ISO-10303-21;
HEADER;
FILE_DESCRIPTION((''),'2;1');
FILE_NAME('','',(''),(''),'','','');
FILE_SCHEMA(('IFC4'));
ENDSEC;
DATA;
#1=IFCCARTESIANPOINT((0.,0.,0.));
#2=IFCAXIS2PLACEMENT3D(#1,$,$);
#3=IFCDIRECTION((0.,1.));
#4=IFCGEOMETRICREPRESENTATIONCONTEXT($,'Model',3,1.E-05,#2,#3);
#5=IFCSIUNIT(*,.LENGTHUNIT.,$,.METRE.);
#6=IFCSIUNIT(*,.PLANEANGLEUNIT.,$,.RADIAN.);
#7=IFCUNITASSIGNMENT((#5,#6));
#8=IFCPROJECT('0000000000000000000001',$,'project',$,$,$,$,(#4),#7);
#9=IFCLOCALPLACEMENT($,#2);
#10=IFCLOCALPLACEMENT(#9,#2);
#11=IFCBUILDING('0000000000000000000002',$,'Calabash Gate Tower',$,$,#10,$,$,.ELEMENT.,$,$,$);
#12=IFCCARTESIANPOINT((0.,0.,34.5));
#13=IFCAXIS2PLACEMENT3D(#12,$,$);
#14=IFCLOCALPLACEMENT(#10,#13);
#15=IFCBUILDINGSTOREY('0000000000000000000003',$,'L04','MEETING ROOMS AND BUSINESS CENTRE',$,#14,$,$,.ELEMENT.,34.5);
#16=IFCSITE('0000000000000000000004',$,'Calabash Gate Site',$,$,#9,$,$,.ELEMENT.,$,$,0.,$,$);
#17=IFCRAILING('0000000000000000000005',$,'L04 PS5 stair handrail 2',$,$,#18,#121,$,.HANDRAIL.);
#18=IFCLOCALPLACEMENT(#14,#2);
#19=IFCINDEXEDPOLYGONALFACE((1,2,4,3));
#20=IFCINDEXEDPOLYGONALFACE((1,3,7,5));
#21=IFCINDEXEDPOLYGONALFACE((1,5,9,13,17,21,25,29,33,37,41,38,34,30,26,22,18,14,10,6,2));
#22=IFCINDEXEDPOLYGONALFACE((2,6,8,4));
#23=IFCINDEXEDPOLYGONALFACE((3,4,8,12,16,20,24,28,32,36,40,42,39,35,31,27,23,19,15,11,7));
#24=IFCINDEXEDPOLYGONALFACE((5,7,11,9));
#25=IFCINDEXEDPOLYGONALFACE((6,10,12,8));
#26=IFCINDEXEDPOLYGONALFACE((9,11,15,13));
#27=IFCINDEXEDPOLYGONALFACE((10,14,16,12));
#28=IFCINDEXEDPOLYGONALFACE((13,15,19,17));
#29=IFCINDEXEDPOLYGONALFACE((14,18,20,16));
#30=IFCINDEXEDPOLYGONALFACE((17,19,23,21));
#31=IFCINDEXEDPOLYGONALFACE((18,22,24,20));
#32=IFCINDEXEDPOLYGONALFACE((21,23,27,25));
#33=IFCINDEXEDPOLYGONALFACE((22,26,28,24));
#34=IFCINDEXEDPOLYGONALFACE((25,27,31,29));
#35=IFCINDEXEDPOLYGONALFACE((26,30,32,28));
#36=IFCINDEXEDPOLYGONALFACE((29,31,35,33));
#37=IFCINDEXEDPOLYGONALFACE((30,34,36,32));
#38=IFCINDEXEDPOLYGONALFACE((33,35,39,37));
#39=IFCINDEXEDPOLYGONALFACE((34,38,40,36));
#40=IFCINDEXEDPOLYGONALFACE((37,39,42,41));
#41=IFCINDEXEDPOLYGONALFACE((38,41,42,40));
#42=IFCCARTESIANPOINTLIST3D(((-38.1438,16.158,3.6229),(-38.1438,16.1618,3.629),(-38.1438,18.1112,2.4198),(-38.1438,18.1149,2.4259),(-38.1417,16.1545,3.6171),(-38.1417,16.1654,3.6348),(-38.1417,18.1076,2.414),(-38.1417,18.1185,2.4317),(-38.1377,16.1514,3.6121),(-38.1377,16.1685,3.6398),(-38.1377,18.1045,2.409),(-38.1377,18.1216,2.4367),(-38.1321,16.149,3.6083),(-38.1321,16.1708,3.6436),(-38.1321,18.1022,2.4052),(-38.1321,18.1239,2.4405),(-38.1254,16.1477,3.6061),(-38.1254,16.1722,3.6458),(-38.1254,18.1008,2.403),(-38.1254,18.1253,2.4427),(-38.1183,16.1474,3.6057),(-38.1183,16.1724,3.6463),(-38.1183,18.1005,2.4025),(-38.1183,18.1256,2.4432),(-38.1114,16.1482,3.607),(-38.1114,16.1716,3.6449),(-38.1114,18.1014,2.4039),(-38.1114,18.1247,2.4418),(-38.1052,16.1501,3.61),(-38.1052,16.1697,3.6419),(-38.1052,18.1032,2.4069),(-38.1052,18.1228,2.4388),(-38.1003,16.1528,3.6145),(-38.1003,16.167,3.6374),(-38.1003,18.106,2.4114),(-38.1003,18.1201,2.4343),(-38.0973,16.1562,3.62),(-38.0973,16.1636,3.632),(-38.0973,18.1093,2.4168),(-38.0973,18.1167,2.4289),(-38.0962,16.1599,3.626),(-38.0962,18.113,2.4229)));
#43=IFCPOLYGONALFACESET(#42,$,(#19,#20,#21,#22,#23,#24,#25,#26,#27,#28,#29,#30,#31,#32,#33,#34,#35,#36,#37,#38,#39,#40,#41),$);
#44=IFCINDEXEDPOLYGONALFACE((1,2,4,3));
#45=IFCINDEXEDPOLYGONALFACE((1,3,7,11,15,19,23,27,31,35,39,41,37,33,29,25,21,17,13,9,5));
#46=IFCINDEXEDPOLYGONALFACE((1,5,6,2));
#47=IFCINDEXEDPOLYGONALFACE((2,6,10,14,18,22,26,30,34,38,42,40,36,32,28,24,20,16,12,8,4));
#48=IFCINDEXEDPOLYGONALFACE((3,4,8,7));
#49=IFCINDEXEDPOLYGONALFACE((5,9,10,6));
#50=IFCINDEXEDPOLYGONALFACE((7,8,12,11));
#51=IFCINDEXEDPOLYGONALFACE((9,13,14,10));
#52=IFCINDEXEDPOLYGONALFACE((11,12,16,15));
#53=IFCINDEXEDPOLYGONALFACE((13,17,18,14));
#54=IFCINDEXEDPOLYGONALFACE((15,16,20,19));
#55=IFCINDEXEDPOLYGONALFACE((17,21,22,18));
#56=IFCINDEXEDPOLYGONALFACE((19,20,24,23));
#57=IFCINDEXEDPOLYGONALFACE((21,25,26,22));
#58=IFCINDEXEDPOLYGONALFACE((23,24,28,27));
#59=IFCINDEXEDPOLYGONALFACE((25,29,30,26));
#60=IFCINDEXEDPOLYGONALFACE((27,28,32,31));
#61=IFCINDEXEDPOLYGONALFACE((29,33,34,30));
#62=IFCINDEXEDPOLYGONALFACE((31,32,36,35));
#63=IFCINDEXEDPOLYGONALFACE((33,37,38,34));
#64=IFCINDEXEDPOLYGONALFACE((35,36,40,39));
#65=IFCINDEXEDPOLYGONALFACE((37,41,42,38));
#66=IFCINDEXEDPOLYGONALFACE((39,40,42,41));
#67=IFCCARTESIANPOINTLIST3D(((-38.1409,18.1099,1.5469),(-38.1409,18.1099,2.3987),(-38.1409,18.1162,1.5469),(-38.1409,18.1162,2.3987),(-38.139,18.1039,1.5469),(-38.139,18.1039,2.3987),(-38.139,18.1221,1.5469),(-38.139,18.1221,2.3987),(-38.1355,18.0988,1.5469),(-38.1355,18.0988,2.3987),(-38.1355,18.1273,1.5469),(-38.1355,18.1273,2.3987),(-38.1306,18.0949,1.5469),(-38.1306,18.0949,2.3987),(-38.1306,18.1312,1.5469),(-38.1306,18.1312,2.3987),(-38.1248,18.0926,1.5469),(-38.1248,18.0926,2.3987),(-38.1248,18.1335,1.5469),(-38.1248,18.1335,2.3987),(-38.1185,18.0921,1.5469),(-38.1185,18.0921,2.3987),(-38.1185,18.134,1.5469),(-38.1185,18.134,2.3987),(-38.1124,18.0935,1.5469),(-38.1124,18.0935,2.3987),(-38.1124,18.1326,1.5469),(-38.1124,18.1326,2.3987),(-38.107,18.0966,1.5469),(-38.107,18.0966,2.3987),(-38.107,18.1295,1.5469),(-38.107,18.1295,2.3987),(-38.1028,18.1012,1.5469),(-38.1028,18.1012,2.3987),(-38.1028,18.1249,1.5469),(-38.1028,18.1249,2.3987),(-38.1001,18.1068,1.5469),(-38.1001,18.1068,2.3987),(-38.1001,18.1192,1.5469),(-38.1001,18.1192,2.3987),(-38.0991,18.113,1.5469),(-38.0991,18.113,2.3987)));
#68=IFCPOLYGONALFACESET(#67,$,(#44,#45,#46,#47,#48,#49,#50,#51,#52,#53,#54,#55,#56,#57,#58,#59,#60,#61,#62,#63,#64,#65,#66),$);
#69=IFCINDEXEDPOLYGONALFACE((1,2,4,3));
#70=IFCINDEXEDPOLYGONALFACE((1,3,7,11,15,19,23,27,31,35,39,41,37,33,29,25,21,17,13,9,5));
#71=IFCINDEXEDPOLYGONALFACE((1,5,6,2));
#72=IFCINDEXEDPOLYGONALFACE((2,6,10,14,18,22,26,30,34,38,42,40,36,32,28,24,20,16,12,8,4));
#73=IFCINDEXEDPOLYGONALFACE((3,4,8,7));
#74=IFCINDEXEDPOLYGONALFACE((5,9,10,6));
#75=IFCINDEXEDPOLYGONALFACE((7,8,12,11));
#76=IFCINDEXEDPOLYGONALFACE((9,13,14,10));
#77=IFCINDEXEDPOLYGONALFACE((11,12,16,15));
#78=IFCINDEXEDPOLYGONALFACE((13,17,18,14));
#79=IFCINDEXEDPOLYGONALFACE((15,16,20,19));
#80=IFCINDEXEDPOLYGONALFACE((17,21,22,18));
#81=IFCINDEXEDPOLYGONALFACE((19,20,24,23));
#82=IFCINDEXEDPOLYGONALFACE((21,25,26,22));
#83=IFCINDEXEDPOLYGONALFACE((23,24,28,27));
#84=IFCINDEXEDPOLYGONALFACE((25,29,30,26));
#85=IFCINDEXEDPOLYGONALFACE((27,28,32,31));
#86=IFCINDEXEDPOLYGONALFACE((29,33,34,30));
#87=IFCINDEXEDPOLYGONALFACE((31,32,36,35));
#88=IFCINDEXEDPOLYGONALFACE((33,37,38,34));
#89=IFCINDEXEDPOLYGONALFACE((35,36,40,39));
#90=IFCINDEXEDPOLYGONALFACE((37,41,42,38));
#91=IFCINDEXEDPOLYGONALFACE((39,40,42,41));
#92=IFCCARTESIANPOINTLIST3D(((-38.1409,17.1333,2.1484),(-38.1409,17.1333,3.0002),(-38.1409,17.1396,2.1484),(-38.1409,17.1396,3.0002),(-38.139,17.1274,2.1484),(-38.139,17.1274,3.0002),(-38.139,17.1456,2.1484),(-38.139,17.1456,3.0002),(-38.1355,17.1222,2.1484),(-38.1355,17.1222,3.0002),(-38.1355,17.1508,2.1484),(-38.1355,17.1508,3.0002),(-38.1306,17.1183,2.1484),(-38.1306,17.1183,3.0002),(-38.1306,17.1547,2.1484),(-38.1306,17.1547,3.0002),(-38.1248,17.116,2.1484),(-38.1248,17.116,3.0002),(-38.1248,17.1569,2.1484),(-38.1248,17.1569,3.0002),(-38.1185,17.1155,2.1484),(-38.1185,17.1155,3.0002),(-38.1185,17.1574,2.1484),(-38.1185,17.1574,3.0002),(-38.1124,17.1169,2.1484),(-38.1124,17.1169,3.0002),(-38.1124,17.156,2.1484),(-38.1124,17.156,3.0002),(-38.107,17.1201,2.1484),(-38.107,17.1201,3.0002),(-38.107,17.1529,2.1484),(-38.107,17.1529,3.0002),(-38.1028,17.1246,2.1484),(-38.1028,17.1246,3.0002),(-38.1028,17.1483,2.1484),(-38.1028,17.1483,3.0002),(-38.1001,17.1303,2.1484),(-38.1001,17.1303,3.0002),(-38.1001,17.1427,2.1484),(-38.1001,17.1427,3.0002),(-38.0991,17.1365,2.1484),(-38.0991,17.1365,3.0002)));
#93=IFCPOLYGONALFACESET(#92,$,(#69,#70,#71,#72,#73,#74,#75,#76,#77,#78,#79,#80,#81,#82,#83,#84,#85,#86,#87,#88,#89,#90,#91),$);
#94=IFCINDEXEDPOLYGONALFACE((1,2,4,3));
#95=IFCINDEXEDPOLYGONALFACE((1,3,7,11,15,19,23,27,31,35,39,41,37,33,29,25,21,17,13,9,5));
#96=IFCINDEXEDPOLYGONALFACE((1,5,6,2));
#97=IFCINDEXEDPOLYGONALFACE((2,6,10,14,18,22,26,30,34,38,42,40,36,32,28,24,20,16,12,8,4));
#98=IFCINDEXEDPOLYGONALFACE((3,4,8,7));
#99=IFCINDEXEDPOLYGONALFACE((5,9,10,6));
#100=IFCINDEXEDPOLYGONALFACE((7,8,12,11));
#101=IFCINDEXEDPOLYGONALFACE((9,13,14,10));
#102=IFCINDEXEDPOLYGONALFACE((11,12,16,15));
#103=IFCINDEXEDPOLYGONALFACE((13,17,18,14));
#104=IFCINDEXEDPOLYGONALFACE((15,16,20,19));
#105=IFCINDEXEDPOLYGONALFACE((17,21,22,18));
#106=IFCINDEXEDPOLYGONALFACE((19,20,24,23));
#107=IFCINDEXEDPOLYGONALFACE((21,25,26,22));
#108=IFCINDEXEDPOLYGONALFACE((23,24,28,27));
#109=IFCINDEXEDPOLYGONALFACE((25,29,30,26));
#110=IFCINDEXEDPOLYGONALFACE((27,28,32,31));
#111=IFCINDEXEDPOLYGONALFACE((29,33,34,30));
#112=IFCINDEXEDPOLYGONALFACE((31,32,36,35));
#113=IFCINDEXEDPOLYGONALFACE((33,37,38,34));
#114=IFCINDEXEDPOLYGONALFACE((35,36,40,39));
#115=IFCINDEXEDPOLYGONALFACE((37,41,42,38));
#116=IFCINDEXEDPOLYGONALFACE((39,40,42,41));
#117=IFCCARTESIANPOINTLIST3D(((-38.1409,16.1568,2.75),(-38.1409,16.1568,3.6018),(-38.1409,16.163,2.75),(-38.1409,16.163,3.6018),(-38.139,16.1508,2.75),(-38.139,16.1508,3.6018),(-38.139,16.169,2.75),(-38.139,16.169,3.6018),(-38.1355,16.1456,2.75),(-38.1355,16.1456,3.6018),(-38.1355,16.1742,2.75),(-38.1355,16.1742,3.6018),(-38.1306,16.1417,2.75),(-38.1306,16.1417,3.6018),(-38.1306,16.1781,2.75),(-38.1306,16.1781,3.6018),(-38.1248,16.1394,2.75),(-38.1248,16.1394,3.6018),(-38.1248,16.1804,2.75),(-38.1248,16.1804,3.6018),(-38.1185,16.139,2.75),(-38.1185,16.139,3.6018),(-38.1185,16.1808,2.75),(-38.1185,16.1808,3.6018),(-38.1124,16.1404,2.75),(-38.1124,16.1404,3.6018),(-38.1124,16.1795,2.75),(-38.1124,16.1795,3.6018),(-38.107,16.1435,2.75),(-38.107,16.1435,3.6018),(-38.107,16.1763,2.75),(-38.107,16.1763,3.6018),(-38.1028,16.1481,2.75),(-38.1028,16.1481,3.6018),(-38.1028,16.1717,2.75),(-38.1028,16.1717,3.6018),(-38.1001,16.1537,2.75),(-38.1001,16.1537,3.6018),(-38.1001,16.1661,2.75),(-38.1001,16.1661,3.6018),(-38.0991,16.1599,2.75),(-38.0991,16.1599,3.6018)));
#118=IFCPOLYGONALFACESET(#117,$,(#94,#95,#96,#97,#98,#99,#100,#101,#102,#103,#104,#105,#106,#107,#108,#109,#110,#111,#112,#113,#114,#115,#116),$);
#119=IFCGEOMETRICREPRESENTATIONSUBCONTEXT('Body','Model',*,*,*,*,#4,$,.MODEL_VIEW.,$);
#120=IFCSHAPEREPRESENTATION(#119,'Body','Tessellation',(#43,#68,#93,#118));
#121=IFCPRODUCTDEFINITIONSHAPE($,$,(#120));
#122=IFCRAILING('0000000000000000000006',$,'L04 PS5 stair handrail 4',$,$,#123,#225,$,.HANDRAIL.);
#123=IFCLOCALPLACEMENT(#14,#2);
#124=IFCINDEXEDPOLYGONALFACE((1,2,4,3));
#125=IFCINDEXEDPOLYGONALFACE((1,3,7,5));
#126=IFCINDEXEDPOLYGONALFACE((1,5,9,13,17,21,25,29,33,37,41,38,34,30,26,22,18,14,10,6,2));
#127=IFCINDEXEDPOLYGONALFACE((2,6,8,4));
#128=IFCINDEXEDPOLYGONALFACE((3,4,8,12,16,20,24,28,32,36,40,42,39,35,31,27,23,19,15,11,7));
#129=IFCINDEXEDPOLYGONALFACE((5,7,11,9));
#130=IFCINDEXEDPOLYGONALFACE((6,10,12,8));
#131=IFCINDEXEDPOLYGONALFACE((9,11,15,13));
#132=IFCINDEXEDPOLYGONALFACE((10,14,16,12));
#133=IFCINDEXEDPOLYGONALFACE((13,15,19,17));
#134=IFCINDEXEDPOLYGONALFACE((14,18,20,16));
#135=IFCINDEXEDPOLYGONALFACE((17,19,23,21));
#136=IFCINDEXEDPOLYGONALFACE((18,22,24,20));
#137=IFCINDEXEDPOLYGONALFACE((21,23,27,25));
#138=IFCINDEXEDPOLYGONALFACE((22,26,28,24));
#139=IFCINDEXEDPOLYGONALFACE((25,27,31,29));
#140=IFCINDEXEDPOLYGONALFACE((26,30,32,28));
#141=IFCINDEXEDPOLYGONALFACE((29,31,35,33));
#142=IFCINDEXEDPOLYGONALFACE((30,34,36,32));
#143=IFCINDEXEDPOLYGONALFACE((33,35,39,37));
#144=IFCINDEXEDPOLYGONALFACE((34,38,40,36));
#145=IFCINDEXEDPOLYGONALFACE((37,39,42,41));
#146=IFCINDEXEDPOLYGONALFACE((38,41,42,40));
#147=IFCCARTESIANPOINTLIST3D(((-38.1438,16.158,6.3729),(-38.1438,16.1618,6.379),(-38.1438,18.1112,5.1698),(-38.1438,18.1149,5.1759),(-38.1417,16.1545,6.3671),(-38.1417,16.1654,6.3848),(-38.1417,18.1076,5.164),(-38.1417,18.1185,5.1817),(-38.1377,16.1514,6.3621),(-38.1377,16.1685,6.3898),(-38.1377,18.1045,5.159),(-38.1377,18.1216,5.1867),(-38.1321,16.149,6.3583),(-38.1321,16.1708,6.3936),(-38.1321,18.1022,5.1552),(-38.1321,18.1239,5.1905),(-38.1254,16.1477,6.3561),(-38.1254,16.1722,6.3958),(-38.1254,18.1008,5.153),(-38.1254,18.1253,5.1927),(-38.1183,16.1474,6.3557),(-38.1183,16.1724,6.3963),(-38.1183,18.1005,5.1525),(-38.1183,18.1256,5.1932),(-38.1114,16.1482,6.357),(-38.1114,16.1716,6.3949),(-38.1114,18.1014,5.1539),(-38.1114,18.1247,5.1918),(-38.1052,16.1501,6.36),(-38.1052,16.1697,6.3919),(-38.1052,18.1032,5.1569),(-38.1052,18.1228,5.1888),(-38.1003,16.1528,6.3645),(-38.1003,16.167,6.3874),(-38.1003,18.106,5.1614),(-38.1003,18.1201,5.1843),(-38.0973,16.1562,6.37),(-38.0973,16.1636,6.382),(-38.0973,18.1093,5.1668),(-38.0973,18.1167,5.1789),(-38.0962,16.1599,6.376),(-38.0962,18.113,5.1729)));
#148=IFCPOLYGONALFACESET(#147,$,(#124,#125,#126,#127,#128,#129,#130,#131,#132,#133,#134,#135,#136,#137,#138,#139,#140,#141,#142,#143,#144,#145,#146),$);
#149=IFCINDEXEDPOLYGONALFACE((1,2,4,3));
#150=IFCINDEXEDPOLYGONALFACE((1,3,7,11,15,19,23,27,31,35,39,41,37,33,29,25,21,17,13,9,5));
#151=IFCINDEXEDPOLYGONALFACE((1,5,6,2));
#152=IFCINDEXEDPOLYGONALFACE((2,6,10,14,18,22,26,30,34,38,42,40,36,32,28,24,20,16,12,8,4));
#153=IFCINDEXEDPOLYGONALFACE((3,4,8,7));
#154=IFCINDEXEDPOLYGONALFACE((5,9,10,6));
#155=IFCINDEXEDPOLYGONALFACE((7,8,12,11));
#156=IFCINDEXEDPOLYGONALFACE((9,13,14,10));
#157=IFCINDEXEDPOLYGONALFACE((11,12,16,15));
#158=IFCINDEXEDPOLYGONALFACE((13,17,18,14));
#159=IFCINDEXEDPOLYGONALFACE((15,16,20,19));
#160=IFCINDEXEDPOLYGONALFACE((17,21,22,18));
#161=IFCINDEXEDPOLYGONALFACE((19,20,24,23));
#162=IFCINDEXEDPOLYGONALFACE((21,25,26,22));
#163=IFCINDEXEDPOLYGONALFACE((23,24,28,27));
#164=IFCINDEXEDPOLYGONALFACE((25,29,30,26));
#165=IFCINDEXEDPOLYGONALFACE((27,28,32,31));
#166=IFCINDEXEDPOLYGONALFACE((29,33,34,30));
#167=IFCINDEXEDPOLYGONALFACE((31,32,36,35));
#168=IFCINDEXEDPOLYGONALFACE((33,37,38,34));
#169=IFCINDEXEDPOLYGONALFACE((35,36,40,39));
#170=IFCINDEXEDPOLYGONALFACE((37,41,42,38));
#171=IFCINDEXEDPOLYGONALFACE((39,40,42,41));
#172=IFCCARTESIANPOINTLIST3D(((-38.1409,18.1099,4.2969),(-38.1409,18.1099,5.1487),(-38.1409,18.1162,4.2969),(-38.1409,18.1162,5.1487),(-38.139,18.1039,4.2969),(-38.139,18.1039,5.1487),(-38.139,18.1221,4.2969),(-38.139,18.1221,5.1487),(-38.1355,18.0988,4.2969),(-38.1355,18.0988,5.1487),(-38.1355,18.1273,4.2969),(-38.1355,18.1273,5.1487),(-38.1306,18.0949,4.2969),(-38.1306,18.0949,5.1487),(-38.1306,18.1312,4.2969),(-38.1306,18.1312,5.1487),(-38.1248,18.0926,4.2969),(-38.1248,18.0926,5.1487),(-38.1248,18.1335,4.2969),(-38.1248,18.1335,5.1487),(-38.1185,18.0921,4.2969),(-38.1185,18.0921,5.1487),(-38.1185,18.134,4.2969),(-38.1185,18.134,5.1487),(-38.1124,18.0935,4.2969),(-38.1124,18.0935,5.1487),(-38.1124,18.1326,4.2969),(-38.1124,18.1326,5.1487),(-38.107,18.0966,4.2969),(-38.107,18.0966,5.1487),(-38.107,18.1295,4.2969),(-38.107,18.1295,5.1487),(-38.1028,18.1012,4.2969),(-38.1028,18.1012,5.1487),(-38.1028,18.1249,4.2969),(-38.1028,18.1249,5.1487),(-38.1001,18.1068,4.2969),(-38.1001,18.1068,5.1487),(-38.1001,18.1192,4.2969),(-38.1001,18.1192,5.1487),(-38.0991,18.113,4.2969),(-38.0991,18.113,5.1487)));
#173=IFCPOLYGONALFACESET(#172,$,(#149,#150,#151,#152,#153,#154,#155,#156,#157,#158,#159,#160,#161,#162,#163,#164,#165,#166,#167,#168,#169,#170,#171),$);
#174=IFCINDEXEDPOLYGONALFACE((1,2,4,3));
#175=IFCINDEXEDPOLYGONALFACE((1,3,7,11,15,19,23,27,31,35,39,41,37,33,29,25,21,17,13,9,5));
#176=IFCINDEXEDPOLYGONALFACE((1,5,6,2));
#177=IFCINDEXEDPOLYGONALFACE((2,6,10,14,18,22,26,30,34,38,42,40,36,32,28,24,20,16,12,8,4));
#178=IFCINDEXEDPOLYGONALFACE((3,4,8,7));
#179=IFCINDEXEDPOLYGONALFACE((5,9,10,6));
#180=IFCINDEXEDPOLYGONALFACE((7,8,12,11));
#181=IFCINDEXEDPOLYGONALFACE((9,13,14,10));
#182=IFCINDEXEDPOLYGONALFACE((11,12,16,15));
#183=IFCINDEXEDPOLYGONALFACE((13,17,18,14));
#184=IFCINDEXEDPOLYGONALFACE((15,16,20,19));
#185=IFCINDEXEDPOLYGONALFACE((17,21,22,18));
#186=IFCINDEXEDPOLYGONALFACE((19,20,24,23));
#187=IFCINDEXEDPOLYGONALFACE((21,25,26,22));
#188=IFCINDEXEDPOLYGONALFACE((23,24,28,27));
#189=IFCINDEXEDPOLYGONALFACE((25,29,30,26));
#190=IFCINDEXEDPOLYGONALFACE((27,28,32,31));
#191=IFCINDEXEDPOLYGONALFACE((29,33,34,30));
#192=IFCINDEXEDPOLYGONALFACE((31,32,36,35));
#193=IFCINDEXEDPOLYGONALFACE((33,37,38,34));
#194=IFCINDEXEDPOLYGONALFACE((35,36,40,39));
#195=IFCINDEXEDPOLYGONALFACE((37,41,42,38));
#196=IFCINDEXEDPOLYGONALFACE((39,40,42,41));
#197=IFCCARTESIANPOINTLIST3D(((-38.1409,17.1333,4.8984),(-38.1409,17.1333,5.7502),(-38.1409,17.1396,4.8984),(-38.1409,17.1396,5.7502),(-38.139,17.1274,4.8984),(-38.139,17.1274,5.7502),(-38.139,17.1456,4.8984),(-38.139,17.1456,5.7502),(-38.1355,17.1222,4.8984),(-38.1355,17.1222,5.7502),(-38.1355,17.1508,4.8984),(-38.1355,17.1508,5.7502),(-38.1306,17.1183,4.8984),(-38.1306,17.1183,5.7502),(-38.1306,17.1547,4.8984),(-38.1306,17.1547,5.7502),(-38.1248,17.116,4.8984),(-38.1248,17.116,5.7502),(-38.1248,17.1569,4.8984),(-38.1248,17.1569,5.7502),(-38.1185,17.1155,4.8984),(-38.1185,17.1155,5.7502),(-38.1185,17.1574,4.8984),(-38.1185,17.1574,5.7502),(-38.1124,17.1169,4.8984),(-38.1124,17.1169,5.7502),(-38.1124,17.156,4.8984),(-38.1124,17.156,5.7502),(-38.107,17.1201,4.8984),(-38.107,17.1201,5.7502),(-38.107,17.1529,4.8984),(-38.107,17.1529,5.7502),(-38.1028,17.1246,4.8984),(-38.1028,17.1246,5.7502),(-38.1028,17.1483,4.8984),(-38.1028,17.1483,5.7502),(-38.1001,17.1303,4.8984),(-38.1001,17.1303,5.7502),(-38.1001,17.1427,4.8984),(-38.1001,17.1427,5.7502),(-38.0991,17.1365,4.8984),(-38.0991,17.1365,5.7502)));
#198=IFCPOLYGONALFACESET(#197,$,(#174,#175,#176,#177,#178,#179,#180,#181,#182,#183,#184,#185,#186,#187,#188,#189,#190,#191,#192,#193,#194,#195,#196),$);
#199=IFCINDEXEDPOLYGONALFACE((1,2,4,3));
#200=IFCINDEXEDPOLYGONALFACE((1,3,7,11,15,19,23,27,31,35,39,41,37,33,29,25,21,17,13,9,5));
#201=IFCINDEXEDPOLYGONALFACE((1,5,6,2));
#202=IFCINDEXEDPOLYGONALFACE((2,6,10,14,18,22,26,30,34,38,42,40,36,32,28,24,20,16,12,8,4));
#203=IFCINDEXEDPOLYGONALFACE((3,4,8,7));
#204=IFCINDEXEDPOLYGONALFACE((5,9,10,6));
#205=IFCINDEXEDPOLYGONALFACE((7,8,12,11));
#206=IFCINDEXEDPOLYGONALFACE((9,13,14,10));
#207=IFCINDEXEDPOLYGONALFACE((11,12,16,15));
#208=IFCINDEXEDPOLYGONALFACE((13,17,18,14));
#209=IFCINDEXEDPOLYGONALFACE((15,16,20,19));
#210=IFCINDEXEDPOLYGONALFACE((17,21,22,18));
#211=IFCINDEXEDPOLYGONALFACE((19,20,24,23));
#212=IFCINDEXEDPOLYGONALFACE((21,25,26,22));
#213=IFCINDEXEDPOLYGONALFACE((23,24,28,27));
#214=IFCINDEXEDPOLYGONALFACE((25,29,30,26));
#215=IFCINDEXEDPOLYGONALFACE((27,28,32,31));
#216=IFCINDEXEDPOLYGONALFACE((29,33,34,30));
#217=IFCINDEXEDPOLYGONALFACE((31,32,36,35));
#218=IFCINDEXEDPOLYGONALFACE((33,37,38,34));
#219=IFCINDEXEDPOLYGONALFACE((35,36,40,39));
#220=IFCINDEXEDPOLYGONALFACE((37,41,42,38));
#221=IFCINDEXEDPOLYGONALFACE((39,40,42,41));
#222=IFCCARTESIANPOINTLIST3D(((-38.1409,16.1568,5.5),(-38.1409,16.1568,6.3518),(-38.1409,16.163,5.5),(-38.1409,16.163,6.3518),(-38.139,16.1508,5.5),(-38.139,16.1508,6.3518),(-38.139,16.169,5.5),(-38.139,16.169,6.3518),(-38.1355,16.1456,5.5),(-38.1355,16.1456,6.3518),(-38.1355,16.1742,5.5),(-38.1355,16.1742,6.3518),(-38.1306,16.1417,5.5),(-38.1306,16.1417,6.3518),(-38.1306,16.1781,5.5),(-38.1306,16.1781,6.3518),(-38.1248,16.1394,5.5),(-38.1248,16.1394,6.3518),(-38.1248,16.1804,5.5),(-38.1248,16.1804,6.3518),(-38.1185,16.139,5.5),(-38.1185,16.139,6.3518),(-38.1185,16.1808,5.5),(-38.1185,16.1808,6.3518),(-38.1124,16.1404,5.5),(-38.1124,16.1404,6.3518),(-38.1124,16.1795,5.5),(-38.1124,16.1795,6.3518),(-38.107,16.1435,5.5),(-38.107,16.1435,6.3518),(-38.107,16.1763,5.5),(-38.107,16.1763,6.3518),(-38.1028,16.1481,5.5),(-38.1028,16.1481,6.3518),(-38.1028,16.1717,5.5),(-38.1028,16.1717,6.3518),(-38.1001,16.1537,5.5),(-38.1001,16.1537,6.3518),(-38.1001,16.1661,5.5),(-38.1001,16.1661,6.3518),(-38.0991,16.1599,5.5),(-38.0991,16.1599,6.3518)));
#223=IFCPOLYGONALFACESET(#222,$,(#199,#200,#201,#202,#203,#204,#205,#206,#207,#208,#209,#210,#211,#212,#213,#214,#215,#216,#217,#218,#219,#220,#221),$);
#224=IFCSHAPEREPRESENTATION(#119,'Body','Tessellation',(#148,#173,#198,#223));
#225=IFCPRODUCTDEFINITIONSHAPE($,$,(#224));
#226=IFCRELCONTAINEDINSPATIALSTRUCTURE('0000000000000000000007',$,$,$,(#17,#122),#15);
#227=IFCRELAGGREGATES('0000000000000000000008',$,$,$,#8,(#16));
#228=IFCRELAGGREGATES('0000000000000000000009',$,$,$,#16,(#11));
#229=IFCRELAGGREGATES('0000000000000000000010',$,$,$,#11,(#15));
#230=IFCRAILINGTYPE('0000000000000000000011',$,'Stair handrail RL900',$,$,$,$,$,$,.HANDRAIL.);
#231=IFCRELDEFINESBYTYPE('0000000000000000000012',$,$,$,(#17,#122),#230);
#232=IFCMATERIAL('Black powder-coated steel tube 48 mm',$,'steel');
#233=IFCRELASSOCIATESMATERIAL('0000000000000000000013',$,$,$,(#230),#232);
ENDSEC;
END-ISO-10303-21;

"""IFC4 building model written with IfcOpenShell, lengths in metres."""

from ifc_helpers import new_model, si_unit, direction, frame, origin, origin_2d, place, context, subcontext, project, spatial, circle, extrude, material, type_object, element, save


model = new_model("IFC4")

# Units and contexts
model_context = context("Model", 3, precision=1e-05, world=origin(), true_north=direction((0.0, 1.0)))
body_context = subcontext(model_context, "Body", "Model", "MODEL_VIEW")
ifc_project = project(units=[si_unit("LENGTHUNIT", "METRE"), si_unit("PLANEANGLEUNIT", "RADIAN")], contexts=[model_context])

# Site, building, storey
site_placement = place(None, origin())
site = spatial("IfcSite", under=ifc_project, at=site_placement, Name="Calabash Gate Site", CompositionType="ELEMENT", RefElevation=0.0)
building_placement = place(site_placement, origin())
building = spatial("IfcBuilding", under=site, at=building_placement, Name="Calabash Gate Tower", CompositionType="ELEMENT")
storey_placement = place(building_placement, frame((0.0, 0.0, 34.5)))
storey = spatial("IfcBuildingStorey", under=building, at=storey_placement, Name="L04", Description="MEETING ROOMS AND BUSINESS CENTRE", CompositionType="ELEMENT", Elevation=34.5)

# Railings
ifc_material_1 = material(Name="Black powder-coated steel tube 48 mm", Category="steel")
railing_type_1 = type_object("IfcRailingType", Name="Stair handrail RL900", PredefinedType="HANDRAIL", material=ifc_material_1)
for number, where, name in (
    (1, (-38.1201, 18.113, 1.5469), "L04 PS5 stair handrail 2"),
    (2, (-38.1201, 18.113, 4.2969), "L04 PS5 stair handrail 4"),
):
    element("IfcRailing", number, at=place(storey_placement, frame(where)), inside=storey, type_object=railing_type_1, Name=name, PredefinedType="HANDRAIL", context=body_context, shape_type="SweptSolid", body=[
        extrude(circle(Radius=0.0239, at=origin_2d()), frame((0.0, 0.0, 0.876), z_axis=(0.0, -0.851424, 0.524477), x_axis=(1.0, 0.0, 0.0)), (0.0, 0.0, 1.0), 2.2939),
        extrude(circle(Radius=0.021, at=origin_2d()), origin(), (0.0, 0.0, 1.0), 0.8518),
        extrude(circle(Radius=0.021, at=origin_2d()), frame((0.0, -0.9766, 0.6016)), (0.0, 0.0, 1.0), 0.8518),
        extrude(circle(Radius=0.021, at=origin_2d()), frame((0.0, -1.9531, 1.2031)), (0.0, 0.0, 1.0), 0.8518),
    ])

save(model, "model.ifc")
